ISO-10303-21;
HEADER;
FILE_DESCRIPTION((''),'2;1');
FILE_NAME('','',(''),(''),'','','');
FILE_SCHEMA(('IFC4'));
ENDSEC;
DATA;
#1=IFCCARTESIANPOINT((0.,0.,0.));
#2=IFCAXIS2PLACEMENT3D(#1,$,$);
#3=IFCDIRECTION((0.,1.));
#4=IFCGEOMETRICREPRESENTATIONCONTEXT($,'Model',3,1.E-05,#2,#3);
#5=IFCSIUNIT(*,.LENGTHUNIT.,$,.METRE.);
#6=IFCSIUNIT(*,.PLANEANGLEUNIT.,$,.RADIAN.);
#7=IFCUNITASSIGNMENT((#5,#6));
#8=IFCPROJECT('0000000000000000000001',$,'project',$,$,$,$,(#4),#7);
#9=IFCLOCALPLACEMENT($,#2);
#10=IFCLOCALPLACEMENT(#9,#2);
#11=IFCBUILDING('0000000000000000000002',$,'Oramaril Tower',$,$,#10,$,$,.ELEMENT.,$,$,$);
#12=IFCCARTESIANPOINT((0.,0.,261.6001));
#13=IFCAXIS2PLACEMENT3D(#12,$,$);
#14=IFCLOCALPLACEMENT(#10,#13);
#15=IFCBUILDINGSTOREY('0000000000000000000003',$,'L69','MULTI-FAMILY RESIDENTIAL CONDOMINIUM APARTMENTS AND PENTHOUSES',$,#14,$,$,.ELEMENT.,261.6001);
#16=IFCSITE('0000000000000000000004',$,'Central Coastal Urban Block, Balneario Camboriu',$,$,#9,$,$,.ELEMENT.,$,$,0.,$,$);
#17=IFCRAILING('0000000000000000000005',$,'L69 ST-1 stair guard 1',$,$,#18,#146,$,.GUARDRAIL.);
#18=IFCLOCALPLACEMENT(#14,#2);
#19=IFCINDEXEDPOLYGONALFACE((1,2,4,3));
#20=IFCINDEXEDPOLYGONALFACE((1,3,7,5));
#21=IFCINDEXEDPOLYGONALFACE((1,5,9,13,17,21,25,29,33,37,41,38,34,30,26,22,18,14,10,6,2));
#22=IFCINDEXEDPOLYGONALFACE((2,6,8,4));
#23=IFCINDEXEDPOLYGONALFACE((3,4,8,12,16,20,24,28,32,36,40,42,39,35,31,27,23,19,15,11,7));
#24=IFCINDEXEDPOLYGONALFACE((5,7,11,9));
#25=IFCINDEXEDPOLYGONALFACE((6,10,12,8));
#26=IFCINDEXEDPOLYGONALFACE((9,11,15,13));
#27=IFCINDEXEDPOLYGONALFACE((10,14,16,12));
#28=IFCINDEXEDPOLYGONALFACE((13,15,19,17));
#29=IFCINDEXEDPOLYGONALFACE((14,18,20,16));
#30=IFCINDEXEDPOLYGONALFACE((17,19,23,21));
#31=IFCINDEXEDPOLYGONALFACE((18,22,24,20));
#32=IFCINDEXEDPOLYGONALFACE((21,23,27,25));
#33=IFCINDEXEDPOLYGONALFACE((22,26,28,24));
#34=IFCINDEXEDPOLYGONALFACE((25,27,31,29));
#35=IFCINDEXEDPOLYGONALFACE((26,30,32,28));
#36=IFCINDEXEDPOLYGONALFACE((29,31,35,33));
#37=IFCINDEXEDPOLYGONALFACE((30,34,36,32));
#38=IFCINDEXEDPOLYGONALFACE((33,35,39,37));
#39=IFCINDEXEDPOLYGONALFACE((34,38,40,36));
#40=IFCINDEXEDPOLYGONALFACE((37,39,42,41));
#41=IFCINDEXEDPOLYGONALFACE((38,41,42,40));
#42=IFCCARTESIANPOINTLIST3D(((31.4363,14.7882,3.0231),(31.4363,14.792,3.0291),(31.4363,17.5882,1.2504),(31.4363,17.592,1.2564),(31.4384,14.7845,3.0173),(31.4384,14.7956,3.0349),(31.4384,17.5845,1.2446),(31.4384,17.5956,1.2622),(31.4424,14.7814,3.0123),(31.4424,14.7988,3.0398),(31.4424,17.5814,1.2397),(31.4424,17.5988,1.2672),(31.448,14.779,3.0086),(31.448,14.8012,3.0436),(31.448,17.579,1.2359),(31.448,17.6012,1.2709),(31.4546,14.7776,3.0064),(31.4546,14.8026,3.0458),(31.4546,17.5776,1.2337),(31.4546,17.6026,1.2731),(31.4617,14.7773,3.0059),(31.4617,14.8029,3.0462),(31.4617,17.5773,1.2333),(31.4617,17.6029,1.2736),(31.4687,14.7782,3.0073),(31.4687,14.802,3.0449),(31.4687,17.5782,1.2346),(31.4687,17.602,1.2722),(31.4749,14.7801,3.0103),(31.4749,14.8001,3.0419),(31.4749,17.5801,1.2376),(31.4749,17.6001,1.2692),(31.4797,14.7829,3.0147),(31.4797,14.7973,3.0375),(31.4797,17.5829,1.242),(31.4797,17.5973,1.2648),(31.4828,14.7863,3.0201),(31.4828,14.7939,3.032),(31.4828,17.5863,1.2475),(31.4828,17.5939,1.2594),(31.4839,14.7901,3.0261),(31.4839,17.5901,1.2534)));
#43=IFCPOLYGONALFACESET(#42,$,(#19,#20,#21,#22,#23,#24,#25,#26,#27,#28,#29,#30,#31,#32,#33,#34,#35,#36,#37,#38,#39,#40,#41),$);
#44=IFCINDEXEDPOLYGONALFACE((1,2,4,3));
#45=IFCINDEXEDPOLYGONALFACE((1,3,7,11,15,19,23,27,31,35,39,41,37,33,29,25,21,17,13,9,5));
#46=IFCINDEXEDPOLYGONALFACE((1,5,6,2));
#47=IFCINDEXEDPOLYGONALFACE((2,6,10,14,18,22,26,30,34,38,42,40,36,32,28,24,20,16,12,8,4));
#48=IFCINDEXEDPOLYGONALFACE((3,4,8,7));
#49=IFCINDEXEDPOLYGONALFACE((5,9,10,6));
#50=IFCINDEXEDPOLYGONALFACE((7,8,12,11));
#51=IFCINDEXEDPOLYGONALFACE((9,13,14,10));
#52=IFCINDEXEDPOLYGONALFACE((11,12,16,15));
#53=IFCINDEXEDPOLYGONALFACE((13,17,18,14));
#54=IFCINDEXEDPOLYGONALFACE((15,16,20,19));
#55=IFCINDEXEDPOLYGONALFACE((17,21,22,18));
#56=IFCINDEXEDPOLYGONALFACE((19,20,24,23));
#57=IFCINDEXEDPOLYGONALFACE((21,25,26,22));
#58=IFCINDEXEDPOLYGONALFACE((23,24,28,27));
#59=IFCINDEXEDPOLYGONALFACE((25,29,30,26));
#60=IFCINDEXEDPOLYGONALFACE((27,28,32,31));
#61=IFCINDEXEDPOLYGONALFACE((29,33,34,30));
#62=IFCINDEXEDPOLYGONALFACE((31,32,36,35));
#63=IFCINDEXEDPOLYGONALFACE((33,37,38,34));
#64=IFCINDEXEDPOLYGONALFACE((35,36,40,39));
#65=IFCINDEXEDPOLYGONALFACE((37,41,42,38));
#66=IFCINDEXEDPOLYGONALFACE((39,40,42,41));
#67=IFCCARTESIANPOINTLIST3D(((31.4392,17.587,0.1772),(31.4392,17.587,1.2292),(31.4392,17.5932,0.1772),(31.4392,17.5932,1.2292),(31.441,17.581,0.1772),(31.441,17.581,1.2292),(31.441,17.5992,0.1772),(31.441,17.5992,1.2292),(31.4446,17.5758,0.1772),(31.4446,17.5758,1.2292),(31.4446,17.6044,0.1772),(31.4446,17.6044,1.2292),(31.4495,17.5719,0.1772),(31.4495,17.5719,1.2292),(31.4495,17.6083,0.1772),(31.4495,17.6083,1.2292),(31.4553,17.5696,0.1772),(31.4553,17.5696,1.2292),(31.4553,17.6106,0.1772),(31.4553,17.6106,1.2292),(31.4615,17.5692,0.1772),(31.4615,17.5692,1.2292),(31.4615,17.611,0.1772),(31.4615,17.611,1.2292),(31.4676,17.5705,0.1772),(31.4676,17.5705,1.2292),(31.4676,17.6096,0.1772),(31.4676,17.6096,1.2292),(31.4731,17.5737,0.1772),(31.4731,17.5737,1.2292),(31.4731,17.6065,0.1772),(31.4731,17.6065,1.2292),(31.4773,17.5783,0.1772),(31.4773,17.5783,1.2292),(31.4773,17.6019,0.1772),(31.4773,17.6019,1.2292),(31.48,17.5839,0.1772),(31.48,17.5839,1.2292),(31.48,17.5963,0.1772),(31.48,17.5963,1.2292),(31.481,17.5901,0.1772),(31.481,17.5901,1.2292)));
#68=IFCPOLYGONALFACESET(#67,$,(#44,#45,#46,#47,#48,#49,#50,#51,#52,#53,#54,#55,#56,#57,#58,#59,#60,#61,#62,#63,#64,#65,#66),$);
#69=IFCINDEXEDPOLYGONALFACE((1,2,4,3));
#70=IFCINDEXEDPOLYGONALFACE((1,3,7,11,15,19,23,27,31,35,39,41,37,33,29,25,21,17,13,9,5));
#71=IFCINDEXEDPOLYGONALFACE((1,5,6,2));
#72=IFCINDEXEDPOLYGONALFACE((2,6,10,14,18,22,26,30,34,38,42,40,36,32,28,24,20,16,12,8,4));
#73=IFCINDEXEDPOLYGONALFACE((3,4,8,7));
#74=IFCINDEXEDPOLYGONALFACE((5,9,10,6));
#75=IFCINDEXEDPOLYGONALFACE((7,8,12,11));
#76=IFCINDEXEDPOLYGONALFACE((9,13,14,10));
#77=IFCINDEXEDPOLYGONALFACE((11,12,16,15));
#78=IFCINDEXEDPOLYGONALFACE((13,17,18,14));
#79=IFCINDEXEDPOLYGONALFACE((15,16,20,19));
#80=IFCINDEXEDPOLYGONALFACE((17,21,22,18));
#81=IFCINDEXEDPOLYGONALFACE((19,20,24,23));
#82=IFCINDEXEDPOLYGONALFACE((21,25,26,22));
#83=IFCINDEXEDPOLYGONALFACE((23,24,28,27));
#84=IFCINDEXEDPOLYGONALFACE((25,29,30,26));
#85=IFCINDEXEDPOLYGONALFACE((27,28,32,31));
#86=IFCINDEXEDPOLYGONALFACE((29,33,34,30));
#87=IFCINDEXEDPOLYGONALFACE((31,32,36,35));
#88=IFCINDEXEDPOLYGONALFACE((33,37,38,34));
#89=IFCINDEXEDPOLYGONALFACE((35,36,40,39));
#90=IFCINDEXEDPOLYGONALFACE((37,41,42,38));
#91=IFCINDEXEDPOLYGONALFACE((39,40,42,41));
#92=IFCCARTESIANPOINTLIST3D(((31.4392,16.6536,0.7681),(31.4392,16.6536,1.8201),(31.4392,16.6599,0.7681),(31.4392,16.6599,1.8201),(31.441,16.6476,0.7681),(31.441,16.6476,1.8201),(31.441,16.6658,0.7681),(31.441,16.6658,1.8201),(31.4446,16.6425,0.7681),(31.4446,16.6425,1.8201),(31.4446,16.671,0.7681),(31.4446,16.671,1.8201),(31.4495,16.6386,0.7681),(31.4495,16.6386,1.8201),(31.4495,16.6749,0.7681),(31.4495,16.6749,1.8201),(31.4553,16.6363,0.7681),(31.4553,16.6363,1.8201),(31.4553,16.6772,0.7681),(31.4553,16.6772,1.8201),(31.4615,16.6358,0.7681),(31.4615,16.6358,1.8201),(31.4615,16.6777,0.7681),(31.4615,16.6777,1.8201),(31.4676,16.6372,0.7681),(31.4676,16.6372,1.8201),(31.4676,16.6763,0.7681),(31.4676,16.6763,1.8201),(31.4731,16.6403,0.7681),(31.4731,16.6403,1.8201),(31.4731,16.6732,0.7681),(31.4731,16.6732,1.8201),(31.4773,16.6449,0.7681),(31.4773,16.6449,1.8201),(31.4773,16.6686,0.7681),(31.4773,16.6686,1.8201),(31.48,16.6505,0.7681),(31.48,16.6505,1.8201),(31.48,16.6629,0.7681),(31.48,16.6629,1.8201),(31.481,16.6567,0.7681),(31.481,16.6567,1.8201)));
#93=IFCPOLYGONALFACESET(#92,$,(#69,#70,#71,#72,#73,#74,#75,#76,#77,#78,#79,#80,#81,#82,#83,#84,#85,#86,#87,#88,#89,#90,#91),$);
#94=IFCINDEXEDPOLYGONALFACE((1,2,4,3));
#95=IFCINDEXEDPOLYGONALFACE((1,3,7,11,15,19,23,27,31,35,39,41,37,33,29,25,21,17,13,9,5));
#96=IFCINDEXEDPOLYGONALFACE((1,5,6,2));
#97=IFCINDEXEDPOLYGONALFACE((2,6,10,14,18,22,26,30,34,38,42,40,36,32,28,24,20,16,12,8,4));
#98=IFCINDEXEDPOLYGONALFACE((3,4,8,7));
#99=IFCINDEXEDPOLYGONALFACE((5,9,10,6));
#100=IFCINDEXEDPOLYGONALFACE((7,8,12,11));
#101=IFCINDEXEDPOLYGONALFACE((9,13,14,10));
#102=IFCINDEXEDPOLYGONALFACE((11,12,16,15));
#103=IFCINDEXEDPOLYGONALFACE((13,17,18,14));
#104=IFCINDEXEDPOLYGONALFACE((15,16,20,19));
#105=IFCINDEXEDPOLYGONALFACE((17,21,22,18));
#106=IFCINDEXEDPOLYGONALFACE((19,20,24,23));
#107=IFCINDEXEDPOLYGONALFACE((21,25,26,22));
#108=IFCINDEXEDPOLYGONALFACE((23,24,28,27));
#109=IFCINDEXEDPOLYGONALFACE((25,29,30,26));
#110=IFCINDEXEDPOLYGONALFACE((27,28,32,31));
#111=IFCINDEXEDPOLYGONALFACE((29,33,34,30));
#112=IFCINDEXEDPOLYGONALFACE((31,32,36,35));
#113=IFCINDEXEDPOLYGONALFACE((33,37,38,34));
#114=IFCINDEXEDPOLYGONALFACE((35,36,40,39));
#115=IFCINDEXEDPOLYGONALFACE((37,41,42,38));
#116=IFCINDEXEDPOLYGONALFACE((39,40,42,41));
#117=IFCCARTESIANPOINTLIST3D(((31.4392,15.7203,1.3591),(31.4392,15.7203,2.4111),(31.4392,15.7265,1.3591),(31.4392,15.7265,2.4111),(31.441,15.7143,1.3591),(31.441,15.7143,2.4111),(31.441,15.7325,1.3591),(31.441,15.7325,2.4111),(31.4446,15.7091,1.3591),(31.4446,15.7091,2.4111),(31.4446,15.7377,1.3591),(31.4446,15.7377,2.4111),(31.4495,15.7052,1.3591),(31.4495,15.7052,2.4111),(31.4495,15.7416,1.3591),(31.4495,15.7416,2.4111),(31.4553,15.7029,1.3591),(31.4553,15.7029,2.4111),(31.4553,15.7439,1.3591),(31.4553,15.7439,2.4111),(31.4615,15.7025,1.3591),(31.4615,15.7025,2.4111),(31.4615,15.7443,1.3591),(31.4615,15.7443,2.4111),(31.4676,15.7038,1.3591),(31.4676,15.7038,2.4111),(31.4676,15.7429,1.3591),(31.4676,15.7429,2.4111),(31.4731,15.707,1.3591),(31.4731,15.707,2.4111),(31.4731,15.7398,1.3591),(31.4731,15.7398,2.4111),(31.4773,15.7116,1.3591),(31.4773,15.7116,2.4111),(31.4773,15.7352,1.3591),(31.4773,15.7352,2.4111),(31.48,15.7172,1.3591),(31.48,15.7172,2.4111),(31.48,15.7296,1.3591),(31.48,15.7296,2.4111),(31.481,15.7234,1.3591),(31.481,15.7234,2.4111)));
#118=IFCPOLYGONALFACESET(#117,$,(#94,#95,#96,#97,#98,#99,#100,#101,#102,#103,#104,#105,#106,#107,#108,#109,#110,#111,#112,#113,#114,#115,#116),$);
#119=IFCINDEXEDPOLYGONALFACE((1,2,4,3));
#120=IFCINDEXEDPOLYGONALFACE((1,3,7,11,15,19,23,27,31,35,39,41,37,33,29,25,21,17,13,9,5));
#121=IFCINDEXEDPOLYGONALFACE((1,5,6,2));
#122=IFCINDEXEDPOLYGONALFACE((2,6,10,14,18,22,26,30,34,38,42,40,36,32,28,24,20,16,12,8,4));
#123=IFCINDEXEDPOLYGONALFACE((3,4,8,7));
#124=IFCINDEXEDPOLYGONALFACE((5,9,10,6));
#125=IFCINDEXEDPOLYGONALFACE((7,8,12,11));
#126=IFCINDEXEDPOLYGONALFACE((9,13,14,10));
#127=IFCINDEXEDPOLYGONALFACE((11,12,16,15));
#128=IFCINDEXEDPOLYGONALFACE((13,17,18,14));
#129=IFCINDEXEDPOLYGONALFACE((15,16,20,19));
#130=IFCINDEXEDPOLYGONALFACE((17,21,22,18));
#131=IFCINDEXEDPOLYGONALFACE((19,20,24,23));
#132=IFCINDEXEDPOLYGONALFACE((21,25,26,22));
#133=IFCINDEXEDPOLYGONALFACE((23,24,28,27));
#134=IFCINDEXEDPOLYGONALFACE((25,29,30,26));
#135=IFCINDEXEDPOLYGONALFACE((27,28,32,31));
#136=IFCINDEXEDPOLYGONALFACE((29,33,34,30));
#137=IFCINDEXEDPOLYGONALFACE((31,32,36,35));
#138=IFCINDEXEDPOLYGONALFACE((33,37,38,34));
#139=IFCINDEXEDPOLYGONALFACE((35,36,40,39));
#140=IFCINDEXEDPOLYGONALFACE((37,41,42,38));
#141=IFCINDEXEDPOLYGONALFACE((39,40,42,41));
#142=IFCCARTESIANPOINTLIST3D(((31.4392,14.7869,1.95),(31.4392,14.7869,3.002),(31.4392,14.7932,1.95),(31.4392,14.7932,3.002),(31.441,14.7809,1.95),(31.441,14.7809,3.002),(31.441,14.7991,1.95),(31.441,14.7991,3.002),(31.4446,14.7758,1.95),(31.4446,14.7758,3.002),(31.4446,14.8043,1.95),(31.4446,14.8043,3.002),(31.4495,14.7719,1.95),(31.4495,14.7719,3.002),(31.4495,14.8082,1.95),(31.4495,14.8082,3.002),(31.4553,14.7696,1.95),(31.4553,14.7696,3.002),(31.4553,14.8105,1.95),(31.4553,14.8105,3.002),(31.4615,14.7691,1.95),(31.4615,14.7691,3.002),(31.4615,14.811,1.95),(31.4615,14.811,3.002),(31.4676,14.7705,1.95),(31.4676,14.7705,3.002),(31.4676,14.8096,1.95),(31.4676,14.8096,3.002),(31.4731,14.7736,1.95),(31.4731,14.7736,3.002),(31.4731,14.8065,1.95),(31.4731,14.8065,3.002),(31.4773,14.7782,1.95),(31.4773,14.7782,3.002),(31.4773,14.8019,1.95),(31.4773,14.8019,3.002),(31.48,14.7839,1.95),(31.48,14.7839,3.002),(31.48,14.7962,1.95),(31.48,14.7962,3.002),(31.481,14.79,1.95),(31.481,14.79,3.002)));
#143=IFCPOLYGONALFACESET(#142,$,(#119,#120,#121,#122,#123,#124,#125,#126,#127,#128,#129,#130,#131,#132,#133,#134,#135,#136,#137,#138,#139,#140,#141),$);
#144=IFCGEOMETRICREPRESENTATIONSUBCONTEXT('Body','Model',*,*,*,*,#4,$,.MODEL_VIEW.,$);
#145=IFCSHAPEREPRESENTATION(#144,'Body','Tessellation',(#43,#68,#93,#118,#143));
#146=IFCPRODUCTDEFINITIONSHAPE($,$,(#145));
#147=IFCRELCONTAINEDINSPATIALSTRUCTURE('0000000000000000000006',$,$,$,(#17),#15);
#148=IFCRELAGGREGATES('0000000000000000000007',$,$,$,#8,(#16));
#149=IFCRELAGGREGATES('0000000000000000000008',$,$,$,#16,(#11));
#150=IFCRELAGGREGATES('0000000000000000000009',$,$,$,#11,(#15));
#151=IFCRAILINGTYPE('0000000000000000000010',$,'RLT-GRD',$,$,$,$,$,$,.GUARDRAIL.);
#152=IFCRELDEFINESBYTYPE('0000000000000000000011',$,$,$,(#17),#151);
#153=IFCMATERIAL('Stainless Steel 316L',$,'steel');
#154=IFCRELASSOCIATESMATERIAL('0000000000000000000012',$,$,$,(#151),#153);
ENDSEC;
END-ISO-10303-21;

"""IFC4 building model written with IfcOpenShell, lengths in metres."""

from ifc_helpers import new_model, si_unit, direction, frame, origin, origin_2d, place, context, subcontext, project, spatial, circle, extrude, material, type_object, element, save


model = new_model("IFC4")

# Units and contexts
model_context = context("Model", 3, precision=1e-05, world=origin(), true_north=direction((0.0, 1.0)))
body_context = subcontext(model_context, "Body", "Model", "MODEL_VIEW")
ifc_project = project(units=[si_unit("LENGTHUNIT", "METRE"), si_unit("PLANEANGLEUNIT", "RADIAN")], contexts=[model_context])

# Site, building, storey
site_placement = place(None, origin())
site = spatial("IfcSite", under=ifc_project, at=site_placement, Name="Central Coastal Urban Block, Balneario Camboriu", CompositionType="ELEMENT", RefElevation=0.0)
building_placement = place(site_placement, origin())
building = spatial("IfcBuilding", under=site, at=building_placement, Name="Oramaril Tower", CompositionType="ELEMENT")
storey_placement = place(building_placement, frame((0.0, 0.0, 261.6001)))
storey = spatial("IfcBuildingStorey", under=building, at=storey_placement, Name="L69", Description="MULTI-FAMILY RESIDENTIAL CONDOMINIUM APARTMENTS AND PENTHOUSES", CompositionType="ELEMENT", Elevation=261.6001)

# Railing
ifc_material_1 = material(Name="Stainless Steel 316L", Category="steel")
railing_type_1 = type_object("IfcRailingType", Name="RLT-GRD", PredefinedType="GUARDRAIL", material=ifc_material_1)
railing_1_placement = place(storey_placement, frame((31.46, 17.5901, 0.1772)))
element("IfcRailing", 1, at=railing_1_placement, inside=storey, type_object=railing_type_1, Name="L69 ST-1 stair guard 1", PredefinedType="GUARDRAIL", context=body_context, shape_type="SweptSolid", body=[
    extrude(circle(Radius=0.0239, at=origin_2d()), frame((0.0, 0.0, 1.0762), z_axis=(0.0, -0.844909, 0.53491), x_axis=(1.0, 0.0, 0.0)), (0.0, 0.0, 1.0), 3.314),
    extrude(circle(Radius=0.021, at=origin_2d()), origin(), (0.0, 0.0, 1.0), 1.052),
    extrude(circle(Radius=0.021, at=origin_2d()), frame((0.0, -0.9333, 0.5908)), (0.0, 0.0, 1.0), 1.052),
    extrude(circle(Radius=0.021, at=origin_2d()), frame((0.0, -1.8667, 1.1819)), (0.0, 0.0, 1.0), 1.052),
    extrude(circle(Radius=0.021, at=origin_2d()), frame((0.0, -2.8, 1.7727)), (0.0, 0.0, 1.0), 1.052),
])

save(model, "model.ifc")
